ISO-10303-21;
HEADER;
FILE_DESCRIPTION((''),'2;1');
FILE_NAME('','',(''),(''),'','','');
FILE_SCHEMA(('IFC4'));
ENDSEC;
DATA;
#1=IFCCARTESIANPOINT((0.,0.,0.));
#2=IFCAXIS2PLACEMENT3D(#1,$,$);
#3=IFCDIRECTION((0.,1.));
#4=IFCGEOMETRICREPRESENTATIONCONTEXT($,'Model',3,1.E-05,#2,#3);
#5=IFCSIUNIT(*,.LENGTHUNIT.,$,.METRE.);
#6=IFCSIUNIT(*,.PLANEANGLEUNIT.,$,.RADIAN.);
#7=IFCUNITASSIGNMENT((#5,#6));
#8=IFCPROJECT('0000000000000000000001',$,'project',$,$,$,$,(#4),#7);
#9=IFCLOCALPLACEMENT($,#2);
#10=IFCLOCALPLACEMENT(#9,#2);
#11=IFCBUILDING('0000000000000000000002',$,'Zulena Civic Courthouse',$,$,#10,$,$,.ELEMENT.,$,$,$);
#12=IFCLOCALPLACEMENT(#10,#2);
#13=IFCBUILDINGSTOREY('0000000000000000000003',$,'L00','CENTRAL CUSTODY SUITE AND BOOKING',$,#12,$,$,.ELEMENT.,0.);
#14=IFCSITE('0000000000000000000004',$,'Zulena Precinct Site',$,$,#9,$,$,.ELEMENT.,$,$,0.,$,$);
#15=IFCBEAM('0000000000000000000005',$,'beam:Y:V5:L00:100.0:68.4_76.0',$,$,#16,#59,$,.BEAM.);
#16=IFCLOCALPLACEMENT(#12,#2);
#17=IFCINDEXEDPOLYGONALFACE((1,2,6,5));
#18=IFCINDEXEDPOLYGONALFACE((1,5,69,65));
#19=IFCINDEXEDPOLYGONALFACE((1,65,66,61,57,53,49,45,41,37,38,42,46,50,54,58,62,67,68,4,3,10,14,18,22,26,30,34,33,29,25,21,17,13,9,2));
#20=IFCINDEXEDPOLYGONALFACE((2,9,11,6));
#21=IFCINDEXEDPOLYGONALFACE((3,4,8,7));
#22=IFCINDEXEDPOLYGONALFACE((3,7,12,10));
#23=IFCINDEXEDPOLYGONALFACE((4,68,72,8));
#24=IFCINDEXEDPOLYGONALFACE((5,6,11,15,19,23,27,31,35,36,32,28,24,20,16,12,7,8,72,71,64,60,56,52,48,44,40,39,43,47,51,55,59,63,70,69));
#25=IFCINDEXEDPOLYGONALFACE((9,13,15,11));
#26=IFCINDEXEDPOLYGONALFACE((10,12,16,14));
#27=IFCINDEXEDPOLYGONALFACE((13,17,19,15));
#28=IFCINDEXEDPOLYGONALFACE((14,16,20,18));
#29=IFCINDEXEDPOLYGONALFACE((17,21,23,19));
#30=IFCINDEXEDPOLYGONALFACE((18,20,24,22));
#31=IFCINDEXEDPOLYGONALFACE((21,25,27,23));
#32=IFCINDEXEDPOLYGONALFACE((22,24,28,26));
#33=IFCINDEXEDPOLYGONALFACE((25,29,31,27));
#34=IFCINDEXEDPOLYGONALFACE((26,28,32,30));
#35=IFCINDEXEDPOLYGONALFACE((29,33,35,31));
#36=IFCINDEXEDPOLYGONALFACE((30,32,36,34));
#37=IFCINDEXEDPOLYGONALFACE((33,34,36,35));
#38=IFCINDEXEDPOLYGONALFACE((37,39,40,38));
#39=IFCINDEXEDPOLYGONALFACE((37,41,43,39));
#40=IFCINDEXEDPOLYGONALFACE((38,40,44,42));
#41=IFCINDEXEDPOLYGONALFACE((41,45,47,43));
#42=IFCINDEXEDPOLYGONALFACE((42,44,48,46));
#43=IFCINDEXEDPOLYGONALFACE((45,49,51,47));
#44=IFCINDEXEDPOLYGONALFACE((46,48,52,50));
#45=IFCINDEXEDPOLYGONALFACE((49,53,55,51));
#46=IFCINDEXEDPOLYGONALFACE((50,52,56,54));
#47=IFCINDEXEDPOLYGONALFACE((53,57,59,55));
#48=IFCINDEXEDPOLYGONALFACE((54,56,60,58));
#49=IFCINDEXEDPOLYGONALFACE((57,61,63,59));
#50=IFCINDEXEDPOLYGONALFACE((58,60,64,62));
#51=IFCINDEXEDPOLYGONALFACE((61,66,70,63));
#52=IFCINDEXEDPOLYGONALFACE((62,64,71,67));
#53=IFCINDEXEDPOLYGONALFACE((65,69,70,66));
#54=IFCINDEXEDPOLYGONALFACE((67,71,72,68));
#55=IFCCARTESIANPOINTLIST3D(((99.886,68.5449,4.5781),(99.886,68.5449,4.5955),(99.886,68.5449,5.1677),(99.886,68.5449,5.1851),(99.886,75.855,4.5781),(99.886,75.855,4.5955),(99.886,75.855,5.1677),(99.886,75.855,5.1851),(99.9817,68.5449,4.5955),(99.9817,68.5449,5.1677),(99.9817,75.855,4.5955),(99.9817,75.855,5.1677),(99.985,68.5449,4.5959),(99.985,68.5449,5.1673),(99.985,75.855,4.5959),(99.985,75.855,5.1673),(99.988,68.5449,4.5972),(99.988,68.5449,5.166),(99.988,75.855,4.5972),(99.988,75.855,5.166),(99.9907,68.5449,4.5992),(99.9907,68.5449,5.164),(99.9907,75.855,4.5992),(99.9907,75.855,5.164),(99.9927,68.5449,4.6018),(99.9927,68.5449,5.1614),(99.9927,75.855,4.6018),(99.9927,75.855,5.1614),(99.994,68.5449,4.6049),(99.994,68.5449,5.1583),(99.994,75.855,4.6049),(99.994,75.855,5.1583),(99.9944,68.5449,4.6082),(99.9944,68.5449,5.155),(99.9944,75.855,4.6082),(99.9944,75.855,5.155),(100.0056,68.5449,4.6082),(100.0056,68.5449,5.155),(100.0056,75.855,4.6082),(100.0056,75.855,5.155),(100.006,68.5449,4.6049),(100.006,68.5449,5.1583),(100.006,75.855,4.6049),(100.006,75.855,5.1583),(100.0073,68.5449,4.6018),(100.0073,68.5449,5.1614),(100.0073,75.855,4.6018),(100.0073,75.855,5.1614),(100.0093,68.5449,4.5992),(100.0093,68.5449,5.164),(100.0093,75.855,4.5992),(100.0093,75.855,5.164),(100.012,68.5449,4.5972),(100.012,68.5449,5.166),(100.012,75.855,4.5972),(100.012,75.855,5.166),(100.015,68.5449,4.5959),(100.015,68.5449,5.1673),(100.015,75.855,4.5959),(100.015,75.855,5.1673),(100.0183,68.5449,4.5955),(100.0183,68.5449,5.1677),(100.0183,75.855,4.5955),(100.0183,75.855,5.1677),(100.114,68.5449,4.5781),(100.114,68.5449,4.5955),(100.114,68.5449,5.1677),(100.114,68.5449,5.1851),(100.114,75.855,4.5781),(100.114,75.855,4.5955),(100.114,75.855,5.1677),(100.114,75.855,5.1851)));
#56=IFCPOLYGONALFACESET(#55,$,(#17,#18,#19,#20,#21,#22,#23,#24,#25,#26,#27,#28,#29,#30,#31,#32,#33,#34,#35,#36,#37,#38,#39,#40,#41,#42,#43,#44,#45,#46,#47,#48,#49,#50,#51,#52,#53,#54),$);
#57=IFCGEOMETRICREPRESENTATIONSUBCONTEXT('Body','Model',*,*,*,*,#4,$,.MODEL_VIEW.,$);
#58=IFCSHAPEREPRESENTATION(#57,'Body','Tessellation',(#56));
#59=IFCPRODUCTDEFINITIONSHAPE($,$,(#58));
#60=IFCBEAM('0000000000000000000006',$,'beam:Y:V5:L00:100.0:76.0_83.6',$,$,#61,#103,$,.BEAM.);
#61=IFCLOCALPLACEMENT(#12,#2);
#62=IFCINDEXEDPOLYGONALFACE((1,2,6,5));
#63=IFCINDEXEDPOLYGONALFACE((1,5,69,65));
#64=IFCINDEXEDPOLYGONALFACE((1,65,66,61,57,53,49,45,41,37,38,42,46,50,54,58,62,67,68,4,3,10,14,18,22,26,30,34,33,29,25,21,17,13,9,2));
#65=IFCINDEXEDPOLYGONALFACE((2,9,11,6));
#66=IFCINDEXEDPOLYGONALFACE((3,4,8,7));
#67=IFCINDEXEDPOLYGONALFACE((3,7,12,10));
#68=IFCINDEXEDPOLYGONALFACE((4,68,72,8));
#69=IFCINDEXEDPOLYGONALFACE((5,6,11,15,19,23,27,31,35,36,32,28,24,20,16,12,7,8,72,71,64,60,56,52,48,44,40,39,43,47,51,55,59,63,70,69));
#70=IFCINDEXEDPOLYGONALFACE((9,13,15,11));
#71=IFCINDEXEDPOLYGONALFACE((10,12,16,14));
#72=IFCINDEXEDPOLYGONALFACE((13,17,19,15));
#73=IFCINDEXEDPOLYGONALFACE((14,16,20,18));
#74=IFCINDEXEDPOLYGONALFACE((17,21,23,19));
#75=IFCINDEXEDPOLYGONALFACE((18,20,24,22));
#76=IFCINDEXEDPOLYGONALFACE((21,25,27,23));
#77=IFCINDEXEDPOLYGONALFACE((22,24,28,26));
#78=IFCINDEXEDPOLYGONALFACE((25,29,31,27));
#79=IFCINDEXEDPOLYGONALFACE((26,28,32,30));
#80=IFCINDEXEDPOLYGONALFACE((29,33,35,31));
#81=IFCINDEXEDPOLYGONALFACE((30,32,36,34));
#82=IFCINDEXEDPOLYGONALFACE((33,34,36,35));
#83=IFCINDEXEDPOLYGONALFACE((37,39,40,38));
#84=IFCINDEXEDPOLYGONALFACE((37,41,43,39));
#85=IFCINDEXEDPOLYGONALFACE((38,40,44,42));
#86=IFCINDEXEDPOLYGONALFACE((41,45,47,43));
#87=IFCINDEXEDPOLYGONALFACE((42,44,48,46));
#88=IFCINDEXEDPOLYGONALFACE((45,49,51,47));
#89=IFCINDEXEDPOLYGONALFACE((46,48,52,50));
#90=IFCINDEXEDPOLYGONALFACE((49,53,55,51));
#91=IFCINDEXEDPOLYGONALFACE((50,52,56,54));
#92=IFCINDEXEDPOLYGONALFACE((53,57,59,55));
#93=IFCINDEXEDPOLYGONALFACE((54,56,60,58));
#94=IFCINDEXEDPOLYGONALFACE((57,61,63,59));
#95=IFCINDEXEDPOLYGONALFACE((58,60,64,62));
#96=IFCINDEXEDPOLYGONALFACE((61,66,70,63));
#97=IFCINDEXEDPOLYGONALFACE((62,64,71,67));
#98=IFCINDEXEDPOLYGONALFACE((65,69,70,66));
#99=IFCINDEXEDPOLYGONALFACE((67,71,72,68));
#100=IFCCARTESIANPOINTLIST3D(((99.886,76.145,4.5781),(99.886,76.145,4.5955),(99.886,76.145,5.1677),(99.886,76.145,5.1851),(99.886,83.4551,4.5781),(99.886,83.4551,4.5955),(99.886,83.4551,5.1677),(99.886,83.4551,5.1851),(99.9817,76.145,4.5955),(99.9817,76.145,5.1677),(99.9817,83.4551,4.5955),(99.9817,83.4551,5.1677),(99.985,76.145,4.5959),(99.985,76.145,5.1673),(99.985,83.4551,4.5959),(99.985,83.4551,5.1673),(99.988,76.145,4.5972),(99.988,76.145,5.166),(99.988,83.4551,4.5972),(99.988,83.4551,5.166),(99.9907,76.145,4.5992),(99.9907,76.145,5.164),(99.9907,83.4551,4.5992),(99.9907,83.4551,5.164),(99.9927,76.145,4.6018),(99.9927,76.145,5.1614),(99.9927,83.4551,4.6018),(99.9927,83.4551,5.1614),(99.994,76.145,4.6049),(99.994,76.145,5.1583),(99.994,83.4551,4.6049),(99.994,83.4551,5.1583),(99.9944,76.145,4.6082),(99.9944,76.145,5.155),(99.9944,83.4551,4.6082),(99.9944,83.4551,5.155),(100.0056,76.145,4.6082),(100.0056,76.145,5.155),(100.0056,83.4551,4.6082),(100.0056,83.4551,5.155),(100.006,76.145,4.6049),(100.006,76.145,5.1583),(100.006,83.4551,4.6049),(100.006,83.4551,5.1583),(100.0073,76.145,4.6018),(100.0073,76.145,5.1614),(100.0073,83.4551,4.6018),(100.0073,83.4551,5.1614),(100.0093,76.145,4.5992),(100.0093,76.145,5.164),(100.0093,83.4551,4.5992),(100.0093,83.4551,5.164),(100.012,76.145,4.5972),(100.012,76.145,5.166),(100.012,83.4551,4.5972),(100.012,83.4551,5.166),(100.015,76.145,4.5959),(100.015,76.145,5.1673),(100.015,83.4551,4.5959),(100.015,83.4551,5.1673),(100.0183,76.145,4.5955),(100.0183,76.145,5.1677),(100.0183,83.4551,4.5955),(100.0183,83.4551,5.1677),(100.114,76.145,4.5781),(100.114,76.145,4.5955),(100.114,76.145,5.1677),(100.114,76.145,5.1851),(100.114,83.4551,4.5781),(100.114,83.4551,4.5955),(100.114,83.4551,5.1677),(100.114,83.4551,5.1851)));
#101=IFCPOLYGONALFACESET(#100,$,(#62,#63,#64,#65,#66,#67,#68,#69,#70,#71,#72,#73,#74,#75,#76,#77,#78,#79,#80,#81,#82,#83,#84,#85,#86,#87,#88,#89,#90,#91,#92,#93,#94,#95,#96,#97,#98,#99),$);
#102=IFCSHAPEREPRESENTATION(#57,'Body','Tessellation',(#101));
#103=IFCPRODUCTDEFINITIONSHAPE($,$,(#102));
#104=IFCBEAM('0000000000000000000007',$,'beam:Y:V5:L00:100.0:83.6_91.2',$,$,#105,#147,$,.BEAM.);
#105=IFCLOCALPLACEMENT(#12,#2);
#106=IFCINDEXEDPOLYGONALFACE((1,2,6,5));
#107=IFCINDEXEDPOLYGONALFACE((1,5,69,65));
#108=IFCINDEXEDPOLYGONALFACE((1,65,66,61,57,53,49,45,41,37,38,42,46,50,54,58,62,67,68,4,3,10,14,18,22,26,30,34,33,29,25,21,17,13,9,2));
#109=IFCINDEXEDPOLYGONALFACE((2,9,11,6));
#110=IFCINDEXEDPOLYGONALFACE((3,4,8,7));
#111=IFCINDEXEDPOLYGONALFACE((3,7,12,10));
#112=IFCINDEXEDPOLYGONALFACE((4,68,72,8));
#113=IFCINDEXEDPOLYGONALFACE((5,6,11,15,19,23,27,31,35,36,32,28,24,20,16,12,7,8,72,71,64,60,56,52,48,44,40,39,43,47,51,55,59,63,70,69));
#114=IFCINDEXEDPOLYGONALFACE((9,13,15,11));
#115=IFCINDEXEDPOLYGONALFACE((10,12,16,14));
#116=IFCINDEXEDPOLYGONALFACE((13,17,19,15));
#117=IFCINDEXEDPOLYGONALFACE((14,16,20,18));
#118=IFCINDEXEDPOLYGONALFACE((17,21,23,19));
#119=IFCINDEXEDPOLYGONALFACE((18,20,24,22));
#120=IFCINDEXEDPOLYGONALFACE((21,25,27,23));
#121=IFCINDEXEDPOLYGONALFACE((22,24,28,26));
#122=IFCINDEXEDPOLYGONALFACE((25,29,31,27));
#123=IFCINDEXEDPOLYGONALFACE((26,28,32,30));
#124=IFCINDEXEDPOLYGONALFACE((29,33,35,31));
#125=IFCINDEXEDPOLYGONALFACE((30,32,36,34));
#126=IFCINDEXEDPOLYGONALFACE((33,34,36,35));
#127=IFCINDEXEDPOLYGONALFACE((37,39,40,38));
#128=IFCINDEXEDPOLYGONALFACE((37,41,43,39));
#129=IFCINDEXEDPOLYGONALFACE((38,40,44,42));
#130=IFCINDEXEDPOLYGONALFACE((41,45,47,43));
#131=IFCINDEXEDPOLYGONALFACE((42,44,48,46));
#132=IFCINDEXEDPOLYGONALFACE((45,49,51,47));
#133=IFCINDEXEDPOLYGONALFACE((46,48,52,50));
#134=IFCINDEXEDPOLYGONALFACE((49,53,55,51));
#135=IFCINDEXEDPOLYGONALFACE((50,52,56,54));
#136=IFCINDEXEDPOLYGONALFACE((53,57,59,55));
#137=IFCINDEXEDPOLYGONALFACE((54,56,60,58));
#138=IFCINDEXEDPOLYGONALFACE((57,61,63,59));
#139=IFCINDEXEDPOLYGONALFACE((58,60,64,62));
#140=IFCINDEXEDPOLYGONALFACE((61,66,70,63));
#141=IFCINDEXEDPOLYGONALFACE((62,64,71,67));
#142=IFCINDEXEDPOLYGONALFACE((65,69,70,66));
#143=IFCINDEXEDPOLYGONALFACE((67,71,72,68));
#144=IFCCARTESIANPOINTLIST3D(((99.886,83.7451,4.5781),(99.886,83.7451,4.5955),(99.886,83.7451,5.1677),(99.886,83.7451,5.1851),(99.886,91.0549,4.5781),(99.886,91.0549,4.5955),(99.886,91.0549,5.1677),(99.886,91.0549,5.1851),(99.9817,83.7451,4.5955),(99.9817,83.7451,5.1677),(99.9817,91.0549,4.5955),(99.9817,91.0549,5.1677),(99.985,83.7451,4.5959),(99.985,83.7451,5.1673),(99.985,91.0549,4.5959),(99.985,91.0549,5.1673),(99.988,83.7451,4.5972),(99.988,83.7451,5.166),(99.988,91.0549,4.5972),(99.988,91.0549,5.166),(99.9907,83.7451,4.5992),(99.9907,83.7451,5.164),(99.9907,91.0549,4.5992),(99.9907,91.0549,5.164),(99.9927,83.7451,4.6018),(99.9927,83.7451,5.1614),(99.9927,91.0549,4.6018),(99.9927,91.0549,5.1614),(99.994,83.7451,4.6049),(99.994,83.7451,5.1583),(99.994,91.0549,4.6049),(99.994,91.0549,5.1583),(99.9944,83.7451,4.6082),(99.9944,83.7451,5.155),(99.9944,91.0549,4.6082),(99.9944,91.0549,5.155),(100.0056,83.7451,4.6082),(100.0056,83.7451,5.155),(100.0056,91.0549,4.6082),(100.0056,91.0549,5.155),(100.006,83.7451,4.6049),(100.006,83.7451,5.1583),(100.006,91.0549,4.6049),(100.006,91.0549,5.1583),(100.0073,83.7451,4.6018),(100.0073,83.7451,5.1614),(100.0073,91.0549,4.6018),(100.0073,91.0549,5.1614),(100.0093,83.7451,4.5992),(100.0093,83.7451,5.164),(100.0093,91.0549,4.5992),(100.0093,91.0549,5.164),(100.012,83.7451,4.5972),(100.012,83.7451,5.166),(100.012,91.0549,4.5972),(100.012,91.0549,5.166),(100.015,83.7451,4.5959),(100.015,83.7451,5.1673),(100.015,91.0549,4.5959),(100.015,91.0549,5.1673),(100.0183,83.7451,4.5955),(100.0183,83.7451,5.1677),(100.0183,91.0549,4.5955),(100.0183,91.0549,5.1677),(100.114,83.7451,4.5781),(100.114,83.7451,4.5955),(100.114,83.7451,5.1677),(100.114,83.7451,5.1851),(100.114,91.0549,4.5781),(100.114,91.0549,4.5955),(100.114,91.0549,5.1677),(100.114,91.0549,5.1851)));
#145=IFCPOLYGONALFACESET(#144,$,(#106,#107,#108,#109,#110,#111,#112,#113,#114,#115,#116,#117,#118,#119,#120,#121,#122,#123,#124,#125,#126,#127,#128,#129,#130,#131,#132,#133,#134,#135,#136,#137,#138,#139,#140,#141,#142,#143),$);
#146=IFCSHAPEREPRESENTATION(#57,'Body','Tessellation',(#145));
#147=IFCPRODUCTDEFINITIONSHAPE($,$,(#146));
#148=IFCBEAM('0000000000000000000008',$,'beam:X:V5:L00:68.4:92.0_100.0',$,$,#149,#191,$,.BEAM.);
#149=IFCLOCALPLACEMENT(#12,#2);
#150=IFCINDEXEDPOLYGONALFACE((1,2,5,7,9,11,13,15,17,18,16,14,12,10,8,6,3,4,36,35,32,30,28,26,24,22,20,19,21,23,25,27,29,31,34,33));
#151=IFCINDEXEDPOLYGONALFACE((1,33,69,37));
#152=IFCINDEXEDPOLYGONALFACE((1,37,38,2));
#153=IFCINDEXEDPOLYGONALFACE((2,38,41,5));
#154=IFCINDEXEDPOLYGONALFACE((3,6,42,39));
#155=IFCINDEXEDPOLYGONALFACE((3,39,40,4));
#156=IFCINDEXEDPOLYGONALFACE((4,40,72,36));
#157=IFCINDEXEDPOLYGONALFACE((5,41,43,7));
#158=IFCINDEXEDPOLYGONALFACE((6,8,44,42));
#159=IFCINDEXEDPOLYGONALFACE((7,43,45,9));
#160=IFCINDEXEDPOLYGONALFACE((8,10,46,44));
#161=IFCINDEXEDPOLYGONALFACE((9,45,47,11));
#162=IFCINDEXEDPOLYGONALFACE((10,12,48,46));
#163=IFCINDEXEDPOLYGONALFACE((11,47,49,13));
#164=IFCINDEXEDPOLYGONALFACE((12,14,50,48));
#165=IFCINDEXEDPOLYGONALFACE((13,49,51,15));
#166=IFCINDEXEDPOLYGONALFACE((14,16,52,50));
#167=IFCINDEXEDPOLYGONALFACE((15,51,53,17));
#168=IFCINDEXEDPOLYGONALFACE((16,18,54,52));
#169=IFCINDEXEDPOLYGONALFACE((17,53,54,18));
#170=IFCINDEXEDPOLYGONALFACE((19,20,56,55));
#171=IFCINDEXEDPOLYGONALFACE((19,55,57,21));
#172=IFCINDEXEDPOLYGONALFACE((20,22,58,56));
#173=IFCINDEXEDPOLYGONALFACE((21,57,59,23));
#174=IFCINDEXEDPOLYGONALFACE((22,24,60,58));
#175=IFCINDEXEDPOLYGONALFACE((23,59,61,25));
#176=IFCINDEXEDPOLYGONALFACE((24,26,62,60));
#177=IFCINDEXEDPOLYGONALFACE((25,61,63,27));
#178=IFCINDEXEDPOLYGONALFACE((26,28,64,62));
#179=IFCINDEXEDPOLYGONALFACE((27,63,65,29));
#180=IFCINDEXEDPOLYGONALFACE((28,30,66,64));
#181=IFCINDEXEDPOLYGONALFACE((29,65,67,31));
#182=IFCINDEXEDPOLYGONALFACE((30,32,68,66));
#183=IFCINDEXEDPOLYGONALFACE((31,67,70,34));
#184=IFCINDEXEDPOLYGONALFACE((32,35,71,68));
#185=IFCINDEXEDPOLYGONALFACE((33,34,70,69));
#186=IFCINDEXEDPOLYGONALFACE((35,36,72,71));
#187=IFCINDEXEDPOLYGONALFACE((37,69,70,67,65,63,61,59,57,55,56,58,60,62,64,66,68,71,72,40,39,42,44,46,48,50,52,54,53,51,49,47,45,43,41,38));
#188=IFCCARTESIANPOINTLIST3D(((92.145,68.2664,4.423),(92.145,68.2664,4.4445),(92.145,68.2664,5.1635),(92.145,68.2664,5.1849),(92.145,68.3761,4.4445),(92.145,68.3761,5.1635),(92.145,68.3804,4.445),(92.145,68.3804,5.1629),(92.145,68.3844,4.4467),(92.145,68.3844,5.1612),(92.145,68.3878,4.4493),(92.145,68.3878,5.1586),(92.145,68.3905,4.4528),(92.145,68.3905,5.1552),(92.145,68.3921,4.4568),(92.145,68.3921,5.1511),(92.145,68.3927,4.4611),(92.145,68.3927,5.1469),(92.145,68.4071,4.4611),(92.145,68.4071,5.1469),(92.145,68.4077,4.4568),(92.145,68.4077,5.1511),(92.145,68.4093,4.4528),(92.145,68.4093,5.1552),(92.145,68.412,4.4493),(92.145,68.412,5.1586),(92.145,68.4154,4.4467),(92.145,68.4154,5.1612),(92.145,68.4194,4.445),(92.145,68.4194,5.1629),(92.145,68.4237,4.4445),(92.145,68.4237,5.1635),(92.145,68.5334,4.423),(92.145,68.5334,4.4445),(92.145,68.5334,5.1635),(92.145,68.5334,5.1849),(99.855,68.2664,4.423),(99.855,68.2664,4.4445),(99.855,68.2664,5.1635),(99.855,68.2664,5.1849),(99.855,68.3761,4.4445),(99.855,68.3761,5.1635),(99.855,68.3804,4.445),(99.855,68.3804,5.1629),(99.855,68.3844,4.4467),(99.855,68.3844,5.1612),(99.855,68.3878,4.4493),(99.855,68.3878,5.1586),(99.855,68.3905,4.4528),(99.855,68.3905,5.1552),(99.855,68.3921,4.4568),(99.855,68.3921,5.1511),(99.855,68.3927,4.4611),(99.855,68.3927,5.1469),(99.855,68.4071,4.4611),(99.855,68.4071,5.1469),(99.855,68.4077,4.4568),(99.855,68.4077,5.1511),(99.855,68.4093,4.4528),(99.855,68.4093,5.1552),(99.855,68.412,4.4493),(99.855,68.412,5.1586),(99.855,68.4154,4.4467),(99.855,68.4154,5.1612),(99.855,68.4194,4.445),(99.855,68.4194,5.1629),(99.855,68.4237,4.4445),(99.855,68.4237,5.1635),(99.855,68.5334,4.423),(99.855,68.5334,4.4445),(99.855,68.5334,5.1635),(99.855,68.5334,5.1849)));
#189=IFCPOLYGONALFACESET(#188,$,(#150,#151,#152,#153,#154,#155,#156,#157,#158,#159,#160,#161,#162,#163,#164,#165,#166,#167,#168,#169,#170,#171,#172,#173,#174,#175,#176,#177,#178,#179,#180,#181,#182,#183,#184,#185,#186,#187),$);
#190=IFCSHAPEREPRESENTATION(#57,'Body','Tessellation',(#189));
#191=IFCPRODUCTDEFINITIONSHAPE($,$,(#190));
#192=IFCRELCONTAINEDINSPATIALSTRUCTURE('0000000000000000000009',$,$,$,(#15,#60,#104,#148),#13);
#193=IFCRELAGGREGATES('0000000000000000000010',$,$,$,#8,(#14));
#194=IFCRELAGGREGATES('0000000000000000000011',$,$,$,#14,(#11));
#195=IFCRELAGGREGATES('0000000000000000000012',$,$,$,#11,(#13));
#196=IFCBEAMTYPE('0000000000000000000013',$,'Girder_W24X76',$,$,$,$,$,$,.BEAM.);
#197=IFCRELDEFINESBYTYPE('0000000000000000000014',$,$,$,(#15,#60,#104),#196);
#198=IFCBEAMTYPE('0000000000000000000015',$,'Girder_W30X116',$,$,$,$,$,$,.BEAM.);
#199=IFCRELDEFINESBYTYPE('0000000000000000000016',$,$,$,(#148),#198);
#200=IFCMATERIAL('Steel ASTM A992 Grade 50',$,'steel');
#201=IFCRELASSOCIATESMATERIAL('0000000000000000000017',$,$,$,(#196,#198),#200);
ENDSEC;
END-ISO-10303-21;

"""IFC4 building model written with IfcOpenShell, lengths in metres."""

from ifc_helpers import new_model, si_unit, direction, frame, origin, origin_2d, place, context, subcontext, project, spatial, i_section, extrude, material, material_profile, profile_set, type_object, element, save


model = new_model("IFC4")

# Units and contexts
model_context = context("Model", 3, precision=1e-05, world=origin(), true_north=direction((0.0, 1.0)))
body_context = subcontext(model_context, "Body", "Model", "MODEL_VIEW")
ifc_project = project(units=[si_unit("LENGTHUNIT", "METRE"), si_unit("PLANEANGLEUNIT", "RADIAN")], contexts=[model_context])

# Site, building, storey
site_placement = place(None, origin())
site = spatial("IfcSite", under=ifc_project, at=site_placement, Name="Zulena Precinct Site", CompositionType="ELEMENT", RefElevation=0.0)
building_placement = place(site_placement, origin())
building = spatial("IfcBuilding", under=site, at=building_placement, Name="Zulena Civic Courthouse", CompositionType="ELEMENT")
storey_placement = place(building_placement, origin())
storey = spatial("IfcBuildingStorey", under=building, at=storey_placement, Name="L00", Description="CENTRAL CUSTODY SUITE AND BOOKING", CompositionType="ELEMENT", Elevation=0.0)

# Shared definitions
ifc_material_1 = material(Name="Steel ASTM A992 Grade 50", Category="steel")

# Beams
ifc_material_profile_1 = material_profile(ifc_material_1, i_section(OverallWidth=0.228, OverallDepth=0.6069, WebThickness=0.0112, FlangeThickness=0.0173, FilletRadius=0.0127, at=origin_2d()), Name="W24X76")
ifc_profile_set_1 = profile_set([ifc_material_profile_1], Name="Steel ASTM A992 Grade 50")
beam_type_1 = type_object("IfcBeamType", Name="Girder_W24X76", PredefinedType="BEAM", material=ifc_profile_set_1)
for number, where, z_axis, x_axis, name in (
    (1, (100.0, 68.5449, 4.8816), (0.0, 1.0, 0.0), (-1.0, 0.0, 0.0), "beam:Y:V5:L00:100.0:68.4_76.0"),
    (2, (100.0, 76.145, 4.8816), (0.0, 1.0, 0.0), (-1.0, 0.0, 0.0), "beam:Y:V5:L00:100.0:76.0_83.6"),
):
    element("IfcBeam", number, at=place(storey_placement, frame(where, z_axis=z_axis, x_axis=x_axis)), inside=storey, type_object=beam_type_1, Name=name, PredefinedType="BEAM", context=body_context, shape_type="SweptSolid", body=[
        extrude(i_section(OverallWidth=0.228, OverallDepth=0.6069, WebThickness=0.0112, FlangeThickness=0.0173, FilletRadius=0.0127, at=origin_2d()), origin(), (0.0, 0.0, 1.0), 7.3101),
    ])
beam_1_placement = place(storey_placement, frame((100.0, 83.7451, 4.8816), z_axis=(0.0, 1.0, 0.0), x_axis=(-1.0, 0.0, 0.0)))
element("IfcBeam", 3, at=beam_1_placement, inside=storey, type_object=beam_type_1, Name="beam:Y:V5:L00:100.0:83.6_91.2", PredefinedType="BEAM", context=body_context, shape_type="SweptSolid", body=[
    extrude(i_section(OverallWidth=0.228, OverallDepth=0.6069, WebThickness=0.0112, FlangeThickness=0.0173, FilletRadius=0.0127, at=origin_2d()), origin(), (0.0, 0.0, 1.0), 7.3098),
])
ifc_material_profile_2 = material_profile(ifc_material_1, i_section(OverallWidth=0.2671, OverallDepth=0.762, WebThickness=0.0144, FlangeThickness=0.0215, FilletRadius=0.0166, at=origin_2d()), Name="W30X116")
ifc_profile_set_2 = profile_set([ifc_material_profile_2], Name="Steel ASTM A992 Grade 50")
beam_type_2 = type_object("IfcBeamType", Name="Girder_W30X116", PredefinedType="BEAM", material=ifc_profile_set_2)
for number, where, z_axis, x_axis, name in (
    (4, (92.145, 68.3999, 4.804), (1.0, 0.0, 0.0), (0.0, 1.0, 0.0), "beam:X:V5:L00:68.4:92.0_100.0"),
):
    element("IfcBeam", number, at=place(storey_placement, frame(where, z_axis=z_axis, x_axis=x_axis)), inside=storey, type_object=beam_type_2, Name=name, PredefinedType="BEAM", context=body_context, shape_type="SweptSolid", body=[
        extrude(i_section(OverallWidth=0.2671, OverallDepth=0.762, WebThickness=0.0144, FlangeThickness=0.0215, FilletRadius=0.0166, at=origin_2d()), origin(), (0.0, 0.0, 1.0), 7.71),
    ])

save(model, "model.ifc")
